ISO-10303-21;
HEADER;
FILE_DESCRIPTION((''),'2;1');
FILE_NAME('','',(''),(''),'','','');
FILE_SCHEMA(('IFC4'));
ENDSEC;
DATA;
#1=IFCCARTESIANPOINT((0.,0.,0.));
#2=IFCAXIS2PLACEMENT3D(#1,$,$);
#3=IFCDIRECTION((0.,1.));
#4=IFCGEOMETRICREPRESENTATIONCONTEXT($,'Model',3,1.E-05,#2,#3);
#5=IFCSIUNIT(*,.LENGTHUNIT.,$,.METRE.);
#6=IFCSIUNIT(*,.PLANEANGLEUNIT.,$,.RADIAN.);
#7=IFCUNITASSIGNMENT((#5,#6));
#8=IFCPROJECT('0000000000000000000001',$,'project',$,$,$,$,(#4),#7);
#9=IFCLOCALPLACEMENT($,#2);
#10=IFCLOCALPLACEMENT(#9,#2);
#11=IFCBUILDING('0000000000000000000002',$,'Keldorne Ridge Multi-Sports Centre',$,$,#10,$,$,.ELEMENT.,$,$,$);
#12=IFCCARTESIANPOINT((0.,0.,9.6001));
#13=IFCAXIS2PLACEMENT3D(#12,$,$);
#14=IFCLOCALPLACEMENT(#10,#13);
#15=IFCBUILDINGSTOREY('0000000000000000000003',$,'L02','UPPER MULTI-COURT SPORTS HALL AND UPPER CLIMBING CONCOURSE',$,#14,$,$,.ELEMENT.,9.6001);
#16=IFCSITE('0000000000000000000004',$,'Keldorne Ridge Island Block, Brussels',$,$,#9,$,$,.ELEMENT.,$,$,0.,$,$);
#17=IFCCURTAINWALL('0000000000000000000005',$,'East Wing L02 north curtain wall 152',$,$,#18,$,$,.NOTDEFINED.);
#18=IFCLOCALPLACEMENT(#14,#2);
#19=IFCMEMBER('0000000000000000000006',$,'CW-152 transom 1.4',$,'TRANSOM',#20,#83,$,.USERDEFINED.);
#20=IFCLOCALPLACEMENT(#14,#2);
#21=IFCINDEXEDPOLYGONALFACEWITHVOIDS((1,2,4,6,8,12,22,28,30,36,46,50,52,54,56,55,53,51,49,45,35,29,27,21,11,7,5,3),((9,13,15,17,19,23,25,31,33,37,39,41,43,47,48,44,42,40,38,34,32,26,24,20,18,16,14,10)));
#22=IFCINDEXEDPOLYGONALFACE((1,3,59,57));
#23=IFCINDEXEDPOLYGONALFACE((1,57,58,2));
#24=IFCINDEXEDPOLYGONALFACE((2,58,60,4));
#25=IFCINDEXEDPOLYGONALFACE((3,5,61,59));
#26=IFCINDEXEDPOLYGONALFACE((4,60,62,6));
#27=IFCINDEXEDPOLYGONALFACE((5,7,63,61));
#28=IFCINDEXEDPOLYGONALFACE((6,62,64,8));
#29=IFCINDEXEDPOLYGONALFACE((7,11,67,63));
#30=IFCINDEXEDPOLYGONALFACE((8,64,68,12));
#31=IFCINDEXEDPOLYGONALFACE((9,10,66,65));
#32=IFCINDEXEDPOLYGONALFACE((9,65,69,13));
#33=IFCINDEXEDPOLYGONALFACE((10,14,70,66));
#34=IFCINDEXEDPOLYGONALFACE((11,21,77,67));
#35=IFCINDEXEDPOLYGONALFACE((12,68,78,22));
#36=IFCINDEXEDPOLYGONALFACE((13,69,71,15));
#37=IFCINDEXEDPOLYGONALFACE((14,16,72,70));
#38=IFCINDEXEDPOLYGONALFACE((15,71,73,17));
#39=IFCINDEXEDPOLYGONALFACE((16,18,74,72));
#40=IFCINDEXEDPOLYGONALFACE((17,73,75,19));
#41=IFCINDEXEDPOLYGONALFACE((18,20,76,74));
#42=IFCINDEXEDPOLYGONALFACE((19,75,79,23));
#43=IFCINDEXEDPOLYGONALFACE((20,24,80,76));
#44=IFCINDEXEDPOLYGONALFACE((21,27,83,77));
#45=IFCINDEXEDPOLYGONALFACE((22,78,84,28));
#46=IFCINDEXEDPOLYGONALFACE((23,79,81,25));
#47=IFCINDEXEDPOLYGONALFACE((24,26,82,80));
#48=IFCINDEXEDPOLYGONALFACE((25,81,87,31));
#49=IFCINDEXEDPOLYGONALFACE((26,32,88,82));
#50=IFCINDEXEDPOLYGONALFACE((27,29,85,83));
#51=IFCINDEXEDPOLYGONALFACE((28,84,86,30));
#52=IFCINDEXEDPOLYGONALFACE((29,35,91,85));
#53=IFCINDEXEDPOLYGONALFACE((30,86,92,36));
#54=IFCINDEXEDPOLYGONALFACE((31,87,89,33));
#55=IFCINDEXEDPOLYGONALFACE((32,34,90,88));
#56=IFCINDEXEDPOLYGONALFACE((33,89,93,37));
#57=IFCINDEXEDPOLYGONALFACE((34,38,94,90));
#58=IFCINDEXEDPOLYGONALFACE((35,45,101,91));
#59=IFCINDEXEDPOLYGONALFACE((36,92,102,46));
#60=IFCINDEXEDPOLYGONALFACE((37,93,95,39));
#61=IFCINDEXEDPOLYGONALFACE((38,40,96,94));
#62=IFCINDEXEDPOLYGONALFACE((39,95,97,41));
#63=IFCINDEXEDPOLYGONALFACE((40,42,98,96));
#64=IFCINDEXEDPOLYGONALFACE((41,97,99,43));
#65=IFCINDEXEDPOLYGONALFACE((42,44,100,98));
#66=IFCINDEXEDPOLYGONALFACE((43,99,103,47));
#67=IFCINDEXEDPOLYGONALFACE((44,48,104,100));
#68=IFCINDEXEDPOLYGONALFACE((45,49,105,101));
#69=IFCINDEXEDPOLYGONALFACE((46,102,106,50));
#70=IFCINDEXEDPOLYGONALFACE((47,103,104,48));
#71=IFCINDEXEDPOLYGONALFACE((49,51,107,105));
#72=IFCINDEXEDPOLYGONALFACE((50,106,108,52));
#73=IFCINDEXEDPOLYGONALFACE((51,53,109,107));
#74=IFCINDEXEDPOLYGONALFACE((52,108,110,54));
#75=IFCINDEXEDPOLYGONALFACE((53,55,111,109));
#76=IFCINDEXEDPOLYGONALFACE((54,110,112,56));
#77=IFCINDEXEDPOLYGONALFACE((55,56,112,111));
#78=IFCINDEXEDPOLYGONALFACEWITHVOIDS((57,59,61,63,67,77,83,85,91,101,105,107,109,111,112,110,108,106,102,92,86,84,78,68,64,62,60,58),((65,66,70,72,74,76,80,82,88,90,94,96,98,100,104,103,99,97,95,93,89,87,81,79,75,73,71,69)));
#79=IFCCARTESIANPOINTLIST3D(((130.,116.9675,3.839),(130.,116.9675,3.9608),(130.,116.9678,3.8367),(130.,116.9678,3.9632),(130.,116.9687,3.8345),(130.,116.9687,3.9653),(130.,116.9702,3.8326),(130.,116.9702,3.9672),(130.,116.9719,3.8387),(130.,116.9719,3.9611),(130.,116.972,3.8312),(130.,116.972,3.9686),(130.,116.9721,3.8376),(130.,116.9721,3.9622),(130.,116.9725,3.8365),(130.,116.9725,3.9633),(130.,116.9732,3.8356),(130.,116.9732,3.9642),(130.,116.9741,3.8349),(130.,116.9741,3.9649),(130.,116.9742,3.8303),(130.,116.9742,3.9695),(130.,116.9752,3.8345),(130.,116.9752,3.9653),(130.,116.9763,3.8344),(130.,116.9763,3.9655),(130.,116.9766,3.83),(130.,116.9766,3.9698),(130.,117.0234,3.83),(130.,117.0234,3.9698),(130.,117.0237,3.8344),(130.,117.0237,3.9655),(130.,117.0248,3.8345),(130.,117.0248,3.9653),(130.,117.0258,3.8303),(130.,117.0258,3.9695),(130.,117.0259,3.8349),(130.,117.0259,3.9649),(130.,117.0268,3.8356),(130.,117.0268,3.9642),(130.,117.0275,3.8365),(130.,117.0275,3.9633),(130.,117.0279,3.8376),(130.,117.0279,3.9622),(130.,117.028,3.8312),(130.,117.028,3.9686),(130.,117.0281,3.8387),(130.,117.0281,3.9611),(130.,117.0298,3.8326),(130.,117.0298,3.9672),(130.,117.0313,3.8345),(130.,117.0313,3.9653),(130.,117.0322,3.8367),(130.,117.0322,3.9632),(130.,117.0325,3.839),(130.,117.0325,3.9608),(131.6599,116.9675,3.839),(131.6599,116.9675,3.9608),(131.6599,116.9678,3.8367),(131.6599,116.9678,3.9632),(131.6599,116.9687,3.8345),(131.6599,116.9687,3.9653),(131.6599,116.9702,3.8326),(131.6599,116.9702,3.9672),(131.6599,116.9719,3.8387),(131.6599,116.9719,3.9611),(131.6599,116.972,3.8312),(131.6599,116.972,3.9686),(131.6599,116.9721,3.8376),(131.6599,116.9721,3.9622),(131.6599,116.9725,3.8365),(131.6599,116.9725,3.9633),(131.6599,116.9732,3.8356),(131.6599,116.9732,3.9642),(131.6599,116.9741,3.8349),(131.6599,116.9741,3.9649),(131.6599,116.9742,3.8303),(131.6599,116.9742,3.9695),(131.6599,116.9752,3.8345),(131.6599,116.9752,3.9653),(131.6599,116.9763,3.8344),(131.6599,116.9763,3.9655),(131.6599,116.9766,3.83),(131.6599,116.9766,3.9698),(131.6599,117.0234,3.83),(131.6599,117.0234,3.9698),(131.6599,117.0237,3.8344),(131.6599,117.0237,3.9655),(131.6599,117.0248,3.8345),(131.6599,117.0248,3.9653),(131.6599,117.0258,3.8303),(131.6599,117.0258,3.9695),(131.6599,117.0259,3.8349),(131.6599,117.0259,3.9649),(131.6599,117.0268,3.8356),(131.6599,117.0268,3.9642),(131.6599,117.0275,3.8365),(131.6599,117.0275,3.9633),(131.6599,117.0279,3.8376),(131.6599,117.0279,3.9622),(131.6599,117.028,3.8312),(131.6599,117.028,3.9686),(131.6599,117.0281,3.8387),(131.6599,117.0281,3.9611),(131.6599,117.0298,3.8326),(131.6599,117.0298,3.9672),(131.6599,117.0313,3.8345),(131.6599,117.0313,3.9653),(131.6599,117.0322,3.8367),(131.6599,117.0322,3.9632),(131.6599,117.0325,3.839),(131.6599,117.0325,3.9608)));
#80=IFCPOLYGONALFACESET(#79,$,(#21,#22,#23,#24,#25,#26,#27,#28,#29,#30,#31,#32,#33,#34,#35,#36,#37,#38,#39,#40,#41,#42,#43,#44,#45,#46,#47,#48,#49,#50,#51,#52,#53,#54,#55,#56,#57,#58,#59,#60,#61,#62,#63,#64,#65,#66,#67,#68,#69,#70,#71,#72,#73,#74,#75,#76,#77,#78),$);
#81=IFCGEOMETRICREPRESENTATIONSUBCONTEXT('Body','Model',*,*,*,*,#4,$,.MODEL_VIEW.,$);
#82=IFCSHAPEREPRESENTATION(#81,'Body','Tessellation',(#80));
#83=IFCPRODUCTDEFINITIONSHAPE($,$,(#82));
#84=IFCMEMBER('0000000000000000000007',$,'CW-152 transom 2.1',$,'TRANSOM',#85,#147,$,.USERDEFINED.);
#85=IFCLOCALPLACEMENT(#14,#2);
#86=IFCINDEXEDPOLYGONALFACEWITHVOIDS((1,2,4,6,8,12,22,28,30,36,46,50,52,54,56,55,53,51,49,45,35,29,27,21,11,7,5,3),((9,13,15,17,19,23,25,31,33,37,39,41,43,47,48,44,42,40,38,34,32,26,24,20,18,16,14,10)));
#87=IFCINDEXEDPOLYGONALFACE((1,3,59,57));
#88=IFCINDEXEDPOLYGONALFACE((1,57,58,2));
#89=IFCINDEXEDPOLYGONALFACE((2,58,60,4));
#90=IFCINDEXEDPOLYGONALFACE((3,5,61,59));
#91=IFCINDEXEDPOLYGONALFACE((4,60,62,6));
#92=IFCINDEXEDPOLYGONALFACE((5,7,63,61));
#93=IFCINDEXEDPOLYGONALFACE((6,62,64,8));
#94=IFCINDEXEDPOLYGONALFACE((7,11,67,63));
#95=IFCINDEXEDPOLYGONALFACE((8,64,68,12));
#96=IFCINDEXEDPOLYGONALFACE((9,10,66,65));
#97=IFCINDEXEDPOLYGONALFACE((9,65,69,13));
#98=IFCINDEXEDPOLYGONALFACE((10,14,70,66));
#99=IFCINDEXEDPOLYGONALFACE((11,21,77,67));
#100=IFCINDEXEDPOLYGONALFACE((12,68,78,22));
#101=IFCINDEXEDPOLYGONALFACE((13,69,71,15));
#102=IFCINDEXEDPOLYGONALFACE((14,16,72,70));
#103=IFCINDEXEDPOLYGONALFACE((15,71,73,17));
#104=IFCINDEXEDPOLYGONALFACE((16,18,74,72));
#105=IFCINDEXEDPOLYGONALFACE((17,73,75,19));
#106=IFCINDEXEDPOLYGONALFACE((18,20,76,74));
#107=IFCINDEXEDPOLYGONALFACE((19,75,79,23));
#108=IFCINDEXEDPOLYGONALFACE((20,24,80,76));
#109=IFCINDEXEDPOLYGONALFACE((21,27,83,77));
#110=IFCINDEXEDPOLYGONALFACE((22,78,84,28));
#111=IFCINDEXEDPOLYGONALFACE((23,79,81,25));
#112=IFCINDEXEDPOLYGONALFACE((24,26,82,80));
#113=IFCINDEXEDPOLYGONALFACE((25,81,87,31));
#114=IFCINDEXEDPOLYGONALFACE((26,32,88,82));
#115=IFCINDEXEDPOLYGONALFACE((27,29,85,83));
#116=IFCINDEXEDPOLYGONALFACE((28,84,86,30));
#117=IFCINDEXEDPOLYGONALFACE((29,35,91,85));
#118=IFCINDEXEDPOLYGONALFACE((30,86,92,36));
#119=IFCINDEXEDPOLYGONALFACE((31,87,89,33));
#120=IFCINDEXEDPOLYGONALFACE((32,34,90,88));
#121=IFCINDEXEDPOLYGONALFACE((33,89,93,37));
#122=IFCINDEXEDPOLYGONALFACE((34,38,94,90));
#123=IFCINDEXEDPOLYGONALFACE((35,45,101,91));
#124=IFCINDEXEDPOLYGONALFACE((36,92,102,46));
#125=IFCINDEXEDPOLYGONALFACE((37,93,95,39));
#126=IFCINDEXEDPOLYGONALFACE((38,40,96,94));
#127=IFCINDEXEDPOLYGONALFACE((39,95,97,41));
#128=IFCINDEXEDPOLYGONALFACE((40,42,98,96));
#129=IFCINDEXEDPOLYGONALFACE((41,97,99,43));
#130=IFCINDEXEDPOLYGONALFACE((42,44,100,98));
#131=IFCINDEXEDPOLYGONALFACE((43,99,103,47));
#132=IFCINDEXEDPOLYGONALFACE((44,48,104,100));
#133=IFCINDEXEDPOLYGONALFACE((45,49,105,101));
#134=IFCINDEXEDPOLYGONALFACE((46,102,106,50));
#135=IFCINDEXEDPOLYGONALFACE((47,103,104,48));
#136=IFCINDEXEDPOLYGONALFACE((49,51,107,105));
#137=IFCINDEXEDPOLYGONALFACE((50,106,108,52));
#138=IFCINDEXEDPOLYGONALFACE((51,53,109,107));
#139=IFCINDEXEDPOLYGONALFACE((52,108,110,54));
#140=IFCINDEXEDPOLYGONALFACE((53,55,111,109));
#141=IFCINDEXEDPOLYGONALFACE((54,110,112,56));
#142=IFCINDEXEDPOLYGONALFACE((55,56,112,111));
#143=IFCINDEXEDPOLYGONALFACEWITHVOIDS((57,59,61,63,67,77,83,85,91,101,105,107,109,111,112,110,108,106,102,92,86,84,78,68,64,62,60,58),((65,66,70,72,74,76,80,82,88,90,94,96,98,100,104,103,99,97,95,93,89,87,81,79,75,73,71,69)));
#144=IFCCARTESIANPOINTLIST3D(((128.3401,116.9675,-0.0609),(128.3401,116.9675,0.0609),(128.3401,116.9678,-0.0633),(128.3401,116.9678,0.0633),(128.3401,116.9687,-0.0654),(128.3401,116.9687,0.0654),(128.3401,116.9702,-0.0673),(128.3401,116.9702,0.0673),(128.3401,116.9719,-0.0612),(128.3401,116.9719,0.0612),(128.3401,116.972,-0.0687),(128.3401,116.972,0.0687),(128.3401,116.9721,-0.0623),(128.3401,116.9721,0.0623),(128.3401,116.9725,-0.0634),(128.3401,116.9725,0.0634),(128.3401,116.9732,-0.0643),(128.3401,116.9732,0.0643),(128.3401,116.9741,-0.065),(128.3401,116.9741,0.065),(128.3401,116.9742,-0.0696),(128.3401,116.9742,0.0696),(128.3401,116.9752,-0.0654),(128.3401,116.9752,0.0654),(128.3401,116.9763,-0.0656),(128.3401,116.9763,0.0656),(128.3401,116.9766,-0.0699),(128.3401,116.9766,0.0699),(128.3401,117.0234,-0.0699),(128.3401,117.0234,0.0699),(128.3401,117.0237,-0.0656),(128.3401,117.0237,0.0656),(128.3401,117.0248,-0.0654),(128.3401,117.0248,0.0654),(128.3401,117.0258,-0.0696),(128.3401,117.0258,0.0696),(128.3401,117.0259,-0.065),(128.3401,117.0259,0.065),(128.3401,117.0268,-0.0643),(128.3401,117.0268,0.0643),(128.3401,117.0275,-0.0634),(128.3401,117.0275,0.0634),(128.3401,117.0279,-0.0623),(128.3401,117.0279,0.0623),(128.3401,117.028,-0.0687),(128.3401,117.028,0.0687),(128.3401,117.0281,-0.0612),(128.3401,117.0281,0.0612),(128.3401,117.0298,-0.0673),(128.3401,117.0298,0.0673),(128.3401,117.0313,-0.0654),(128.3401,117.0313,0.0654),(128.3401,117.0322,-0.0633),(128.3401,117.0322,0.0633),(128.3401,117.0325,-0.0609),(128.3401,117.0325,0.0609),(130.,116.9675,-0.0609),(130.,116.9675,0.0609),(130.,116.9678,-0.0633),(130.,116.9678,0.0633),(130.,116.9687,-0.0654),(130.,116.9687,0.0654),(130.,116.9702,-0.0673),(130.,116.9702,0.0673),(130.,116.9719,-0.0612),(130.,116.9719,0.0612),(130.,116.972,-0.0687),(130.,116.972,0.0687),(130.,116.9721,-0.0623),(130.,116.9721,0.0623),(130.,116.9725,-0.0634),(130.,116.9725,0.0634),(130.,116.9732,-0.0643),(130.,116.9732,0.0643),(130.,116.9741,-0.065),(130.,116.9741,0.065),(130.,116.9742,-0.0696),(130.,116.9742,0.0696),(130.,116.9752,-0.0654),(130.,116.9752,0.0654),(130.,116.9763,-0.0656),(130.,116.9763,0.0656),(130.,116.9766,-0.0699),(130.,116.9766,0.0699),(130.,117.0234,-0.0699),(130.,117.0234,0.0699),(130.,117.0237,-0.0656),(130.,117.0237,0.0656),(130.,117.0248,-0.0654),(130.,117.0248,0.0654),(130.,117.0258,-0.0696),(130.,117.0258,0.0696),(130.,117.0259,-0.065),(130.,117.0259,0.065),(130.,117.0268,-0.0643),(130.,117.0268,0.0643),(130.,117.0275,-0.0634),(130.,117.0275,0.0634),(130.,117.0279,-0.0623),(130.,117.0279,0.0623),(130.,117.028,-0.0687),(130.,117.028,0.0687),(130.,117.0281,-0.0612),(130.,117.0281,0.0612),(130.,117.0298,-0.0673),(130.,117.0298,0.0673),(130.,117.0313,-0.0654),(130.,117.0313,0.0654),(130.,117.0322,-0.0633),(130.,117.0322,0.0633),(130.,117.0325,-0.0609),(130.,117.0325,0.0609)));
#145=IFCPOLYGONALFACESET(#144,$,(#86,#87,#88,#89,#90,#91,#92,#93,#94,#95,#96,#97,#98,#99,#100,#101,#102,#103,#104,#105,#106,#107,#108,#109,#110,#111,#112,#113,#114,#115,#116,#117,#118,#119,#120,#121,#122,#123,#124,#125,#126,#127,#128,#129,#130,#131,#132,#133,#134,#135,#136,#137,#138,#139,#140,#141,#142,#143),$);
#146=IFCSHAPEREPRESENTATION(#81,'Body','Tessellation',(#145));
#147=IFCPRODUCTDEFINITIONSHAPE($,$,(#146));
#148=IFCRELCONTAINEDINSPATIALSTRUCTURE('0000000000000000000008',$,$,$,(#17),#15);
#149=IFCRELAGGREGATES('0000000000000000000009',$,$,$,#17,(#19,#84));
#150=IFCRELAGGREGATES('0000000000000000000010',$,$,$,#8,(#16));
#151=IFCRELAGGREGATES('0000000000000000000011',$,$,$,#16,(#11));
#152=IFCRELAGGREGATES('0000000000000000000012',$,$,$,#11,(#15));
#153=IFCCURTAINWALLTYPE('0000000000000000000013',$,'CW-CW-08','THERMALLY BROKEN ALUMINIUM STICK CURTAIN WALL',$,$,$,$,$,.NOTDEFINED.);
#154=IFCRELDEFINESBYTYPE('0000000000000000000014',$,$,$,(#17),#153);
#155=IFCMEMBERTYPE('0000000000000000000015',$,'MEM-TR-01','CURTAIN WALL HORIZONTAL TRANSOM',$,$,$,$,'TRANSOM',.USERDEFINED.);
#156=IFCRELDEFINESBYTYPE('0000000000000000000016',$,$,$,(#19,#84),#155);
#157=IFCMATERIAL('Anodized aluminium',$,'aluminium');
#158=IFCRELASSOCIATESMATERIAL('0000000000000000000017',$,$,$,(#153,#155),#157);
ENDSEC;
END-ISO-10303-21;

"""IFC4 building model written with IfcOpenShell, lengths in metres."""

from ifc_helpers import new_model, si_unit, direction, frame, origin, origin_2d, place, context, subcontext, project, spatial, hollow_rectangle, extrude, material, material_profile, profile_set, type_object, element, aggregate, save


model = new_model("IFC4")

# Units and contexts
model_context = context("Model", 3, precision=1e-05, world=origin(), true_north=direction((0.0, 1.0)))
body_context = subcontext(model_context, "Body", "Model", "MODEL_VIEW")
ifc_project = project(units=[si_unit("LENGTHUNIT", "METRE"), si_unit("PLANEANGLEUNIT", "RADIAN")], contexts=[model_context])

# Site, building, storey
site_placement = place(None, origin())
site = spatial("IfcSite", under=ifc_project, at=site_placement, Name="Keldorne Ridge Island Block, Brussels", CompositionType="ELEMENT", RefElevation=0.0)
building_placement = place(site_placement, origin())
building = spatial("IfcBuilding", under=site, at=building_placement, Name="Keldorne Ridge Multi-Sports Centre", CompositionType="ELEMENT")
storey_placement = place(building_placement, frame((0.0, 0.0, 9.6001)))
storey = spatial("IfcBuildingStorey", under=building, at=storey_placement, Name="L02", Description="UPPER MULTI-COURT SPORTS HALL AND UPPER CLIMBING CONCOURSE", CompositionType="ELEMENT", Elevation=9.6001)

# Curtain wall, members
ifc_material_1 = material(Name="Anodized aluminium", Category="aluminium")
curtain_wall_type = type_object("IfcCurtainWallType", Name="CW-CW-08", Description="THERMALLY BROKEN ALUMINIUM STICK CURTAIN WALL", PredefinedType="NOTDEFINED", material=ifc_material_1)
curtain_wall_placement = place(storey_placement, origin())
curtain_wall = element("IfcCurtainWall", 1, at=curtain_wall_placement, inside=storey, type_object=curtain_wall_type, Name="East Wing L02 north curtain wall 152", PredefinedType="NOTDEFINED")
ifc_material_profile_1 = material_profile(ifc_material_1, hollow_rectangle(XDim=0.0649, YDim=0.1399, WallThickness=0.0044, InnerFilletRadius=0.0044, OuterFilletRadius=0.009, at=origin_2d()), Name="ALU TRANSOM 140x65x4.5")
ifc_profile_set_1 = profile_set([ifc_material_profile_1], Name="Anodized aluminium")
member_type_1 = type_object("IfcMemberType", Name="MEM-TR-01", Description="CURTAIN WALL HORIZONTAL TRANSOM", ElementType="TRANSOM", PredefinedType="USERDEFINED", material=ifc_profile_set_1)
member_1_placement = place(storey_placement, frame((131.6599, 117.0, 3.8999), z_axis=(-1.0, 0.0, 0.0), x_axis=(0.0, -1.0, 0.0)))
member_1 = element("IfcMember", 2, at=member_1_placement, type_object=member_type_1, Name="CW-152 transom 1.4", ObjectType="TRANSOM", PredefinedType="USERDEFINED", context=body_context, shape_type="SweptSolid", body=[
    extrude(hollow_rectangle(XDim=0.0649, YDim=0.1399, WallThickness=0.0044, InnerFilletRadius=0.0044, OuterFilletRadius=0.009, at=origin_2d()), origin(), (0.0, 0.0, 1.0), 1.6599),
])
member_2_placement = place(storey_placement, frame((130.0, 117.0, 0.0), z_axis=(-1.0, 0.0, 0.0), x_axis=(0.0, -1.0, 0.0)))
member_2 = element("IfcMember", 3, at=member_2_placement, type_object=member_type_1, Name="CW-152 transom 2.1", ObjectType="TRANSOM", PredefinedType="USERDEFINED", context=body_context, shape_type="SweptSolid", body=[
    extrude(hollow_rectangle(XDim=0.0649, YDim=0.1399, WallThickness=0.0044, InnerFilletRadius=0.0044, OuterFilletRadius=0.009, at=origin_2d()), origin(), (0.0, 0.0, 1.0), 1.6599),
])
aggregate(curtain_wall, [member_1, member_2])

save(model, "model.ifc")
